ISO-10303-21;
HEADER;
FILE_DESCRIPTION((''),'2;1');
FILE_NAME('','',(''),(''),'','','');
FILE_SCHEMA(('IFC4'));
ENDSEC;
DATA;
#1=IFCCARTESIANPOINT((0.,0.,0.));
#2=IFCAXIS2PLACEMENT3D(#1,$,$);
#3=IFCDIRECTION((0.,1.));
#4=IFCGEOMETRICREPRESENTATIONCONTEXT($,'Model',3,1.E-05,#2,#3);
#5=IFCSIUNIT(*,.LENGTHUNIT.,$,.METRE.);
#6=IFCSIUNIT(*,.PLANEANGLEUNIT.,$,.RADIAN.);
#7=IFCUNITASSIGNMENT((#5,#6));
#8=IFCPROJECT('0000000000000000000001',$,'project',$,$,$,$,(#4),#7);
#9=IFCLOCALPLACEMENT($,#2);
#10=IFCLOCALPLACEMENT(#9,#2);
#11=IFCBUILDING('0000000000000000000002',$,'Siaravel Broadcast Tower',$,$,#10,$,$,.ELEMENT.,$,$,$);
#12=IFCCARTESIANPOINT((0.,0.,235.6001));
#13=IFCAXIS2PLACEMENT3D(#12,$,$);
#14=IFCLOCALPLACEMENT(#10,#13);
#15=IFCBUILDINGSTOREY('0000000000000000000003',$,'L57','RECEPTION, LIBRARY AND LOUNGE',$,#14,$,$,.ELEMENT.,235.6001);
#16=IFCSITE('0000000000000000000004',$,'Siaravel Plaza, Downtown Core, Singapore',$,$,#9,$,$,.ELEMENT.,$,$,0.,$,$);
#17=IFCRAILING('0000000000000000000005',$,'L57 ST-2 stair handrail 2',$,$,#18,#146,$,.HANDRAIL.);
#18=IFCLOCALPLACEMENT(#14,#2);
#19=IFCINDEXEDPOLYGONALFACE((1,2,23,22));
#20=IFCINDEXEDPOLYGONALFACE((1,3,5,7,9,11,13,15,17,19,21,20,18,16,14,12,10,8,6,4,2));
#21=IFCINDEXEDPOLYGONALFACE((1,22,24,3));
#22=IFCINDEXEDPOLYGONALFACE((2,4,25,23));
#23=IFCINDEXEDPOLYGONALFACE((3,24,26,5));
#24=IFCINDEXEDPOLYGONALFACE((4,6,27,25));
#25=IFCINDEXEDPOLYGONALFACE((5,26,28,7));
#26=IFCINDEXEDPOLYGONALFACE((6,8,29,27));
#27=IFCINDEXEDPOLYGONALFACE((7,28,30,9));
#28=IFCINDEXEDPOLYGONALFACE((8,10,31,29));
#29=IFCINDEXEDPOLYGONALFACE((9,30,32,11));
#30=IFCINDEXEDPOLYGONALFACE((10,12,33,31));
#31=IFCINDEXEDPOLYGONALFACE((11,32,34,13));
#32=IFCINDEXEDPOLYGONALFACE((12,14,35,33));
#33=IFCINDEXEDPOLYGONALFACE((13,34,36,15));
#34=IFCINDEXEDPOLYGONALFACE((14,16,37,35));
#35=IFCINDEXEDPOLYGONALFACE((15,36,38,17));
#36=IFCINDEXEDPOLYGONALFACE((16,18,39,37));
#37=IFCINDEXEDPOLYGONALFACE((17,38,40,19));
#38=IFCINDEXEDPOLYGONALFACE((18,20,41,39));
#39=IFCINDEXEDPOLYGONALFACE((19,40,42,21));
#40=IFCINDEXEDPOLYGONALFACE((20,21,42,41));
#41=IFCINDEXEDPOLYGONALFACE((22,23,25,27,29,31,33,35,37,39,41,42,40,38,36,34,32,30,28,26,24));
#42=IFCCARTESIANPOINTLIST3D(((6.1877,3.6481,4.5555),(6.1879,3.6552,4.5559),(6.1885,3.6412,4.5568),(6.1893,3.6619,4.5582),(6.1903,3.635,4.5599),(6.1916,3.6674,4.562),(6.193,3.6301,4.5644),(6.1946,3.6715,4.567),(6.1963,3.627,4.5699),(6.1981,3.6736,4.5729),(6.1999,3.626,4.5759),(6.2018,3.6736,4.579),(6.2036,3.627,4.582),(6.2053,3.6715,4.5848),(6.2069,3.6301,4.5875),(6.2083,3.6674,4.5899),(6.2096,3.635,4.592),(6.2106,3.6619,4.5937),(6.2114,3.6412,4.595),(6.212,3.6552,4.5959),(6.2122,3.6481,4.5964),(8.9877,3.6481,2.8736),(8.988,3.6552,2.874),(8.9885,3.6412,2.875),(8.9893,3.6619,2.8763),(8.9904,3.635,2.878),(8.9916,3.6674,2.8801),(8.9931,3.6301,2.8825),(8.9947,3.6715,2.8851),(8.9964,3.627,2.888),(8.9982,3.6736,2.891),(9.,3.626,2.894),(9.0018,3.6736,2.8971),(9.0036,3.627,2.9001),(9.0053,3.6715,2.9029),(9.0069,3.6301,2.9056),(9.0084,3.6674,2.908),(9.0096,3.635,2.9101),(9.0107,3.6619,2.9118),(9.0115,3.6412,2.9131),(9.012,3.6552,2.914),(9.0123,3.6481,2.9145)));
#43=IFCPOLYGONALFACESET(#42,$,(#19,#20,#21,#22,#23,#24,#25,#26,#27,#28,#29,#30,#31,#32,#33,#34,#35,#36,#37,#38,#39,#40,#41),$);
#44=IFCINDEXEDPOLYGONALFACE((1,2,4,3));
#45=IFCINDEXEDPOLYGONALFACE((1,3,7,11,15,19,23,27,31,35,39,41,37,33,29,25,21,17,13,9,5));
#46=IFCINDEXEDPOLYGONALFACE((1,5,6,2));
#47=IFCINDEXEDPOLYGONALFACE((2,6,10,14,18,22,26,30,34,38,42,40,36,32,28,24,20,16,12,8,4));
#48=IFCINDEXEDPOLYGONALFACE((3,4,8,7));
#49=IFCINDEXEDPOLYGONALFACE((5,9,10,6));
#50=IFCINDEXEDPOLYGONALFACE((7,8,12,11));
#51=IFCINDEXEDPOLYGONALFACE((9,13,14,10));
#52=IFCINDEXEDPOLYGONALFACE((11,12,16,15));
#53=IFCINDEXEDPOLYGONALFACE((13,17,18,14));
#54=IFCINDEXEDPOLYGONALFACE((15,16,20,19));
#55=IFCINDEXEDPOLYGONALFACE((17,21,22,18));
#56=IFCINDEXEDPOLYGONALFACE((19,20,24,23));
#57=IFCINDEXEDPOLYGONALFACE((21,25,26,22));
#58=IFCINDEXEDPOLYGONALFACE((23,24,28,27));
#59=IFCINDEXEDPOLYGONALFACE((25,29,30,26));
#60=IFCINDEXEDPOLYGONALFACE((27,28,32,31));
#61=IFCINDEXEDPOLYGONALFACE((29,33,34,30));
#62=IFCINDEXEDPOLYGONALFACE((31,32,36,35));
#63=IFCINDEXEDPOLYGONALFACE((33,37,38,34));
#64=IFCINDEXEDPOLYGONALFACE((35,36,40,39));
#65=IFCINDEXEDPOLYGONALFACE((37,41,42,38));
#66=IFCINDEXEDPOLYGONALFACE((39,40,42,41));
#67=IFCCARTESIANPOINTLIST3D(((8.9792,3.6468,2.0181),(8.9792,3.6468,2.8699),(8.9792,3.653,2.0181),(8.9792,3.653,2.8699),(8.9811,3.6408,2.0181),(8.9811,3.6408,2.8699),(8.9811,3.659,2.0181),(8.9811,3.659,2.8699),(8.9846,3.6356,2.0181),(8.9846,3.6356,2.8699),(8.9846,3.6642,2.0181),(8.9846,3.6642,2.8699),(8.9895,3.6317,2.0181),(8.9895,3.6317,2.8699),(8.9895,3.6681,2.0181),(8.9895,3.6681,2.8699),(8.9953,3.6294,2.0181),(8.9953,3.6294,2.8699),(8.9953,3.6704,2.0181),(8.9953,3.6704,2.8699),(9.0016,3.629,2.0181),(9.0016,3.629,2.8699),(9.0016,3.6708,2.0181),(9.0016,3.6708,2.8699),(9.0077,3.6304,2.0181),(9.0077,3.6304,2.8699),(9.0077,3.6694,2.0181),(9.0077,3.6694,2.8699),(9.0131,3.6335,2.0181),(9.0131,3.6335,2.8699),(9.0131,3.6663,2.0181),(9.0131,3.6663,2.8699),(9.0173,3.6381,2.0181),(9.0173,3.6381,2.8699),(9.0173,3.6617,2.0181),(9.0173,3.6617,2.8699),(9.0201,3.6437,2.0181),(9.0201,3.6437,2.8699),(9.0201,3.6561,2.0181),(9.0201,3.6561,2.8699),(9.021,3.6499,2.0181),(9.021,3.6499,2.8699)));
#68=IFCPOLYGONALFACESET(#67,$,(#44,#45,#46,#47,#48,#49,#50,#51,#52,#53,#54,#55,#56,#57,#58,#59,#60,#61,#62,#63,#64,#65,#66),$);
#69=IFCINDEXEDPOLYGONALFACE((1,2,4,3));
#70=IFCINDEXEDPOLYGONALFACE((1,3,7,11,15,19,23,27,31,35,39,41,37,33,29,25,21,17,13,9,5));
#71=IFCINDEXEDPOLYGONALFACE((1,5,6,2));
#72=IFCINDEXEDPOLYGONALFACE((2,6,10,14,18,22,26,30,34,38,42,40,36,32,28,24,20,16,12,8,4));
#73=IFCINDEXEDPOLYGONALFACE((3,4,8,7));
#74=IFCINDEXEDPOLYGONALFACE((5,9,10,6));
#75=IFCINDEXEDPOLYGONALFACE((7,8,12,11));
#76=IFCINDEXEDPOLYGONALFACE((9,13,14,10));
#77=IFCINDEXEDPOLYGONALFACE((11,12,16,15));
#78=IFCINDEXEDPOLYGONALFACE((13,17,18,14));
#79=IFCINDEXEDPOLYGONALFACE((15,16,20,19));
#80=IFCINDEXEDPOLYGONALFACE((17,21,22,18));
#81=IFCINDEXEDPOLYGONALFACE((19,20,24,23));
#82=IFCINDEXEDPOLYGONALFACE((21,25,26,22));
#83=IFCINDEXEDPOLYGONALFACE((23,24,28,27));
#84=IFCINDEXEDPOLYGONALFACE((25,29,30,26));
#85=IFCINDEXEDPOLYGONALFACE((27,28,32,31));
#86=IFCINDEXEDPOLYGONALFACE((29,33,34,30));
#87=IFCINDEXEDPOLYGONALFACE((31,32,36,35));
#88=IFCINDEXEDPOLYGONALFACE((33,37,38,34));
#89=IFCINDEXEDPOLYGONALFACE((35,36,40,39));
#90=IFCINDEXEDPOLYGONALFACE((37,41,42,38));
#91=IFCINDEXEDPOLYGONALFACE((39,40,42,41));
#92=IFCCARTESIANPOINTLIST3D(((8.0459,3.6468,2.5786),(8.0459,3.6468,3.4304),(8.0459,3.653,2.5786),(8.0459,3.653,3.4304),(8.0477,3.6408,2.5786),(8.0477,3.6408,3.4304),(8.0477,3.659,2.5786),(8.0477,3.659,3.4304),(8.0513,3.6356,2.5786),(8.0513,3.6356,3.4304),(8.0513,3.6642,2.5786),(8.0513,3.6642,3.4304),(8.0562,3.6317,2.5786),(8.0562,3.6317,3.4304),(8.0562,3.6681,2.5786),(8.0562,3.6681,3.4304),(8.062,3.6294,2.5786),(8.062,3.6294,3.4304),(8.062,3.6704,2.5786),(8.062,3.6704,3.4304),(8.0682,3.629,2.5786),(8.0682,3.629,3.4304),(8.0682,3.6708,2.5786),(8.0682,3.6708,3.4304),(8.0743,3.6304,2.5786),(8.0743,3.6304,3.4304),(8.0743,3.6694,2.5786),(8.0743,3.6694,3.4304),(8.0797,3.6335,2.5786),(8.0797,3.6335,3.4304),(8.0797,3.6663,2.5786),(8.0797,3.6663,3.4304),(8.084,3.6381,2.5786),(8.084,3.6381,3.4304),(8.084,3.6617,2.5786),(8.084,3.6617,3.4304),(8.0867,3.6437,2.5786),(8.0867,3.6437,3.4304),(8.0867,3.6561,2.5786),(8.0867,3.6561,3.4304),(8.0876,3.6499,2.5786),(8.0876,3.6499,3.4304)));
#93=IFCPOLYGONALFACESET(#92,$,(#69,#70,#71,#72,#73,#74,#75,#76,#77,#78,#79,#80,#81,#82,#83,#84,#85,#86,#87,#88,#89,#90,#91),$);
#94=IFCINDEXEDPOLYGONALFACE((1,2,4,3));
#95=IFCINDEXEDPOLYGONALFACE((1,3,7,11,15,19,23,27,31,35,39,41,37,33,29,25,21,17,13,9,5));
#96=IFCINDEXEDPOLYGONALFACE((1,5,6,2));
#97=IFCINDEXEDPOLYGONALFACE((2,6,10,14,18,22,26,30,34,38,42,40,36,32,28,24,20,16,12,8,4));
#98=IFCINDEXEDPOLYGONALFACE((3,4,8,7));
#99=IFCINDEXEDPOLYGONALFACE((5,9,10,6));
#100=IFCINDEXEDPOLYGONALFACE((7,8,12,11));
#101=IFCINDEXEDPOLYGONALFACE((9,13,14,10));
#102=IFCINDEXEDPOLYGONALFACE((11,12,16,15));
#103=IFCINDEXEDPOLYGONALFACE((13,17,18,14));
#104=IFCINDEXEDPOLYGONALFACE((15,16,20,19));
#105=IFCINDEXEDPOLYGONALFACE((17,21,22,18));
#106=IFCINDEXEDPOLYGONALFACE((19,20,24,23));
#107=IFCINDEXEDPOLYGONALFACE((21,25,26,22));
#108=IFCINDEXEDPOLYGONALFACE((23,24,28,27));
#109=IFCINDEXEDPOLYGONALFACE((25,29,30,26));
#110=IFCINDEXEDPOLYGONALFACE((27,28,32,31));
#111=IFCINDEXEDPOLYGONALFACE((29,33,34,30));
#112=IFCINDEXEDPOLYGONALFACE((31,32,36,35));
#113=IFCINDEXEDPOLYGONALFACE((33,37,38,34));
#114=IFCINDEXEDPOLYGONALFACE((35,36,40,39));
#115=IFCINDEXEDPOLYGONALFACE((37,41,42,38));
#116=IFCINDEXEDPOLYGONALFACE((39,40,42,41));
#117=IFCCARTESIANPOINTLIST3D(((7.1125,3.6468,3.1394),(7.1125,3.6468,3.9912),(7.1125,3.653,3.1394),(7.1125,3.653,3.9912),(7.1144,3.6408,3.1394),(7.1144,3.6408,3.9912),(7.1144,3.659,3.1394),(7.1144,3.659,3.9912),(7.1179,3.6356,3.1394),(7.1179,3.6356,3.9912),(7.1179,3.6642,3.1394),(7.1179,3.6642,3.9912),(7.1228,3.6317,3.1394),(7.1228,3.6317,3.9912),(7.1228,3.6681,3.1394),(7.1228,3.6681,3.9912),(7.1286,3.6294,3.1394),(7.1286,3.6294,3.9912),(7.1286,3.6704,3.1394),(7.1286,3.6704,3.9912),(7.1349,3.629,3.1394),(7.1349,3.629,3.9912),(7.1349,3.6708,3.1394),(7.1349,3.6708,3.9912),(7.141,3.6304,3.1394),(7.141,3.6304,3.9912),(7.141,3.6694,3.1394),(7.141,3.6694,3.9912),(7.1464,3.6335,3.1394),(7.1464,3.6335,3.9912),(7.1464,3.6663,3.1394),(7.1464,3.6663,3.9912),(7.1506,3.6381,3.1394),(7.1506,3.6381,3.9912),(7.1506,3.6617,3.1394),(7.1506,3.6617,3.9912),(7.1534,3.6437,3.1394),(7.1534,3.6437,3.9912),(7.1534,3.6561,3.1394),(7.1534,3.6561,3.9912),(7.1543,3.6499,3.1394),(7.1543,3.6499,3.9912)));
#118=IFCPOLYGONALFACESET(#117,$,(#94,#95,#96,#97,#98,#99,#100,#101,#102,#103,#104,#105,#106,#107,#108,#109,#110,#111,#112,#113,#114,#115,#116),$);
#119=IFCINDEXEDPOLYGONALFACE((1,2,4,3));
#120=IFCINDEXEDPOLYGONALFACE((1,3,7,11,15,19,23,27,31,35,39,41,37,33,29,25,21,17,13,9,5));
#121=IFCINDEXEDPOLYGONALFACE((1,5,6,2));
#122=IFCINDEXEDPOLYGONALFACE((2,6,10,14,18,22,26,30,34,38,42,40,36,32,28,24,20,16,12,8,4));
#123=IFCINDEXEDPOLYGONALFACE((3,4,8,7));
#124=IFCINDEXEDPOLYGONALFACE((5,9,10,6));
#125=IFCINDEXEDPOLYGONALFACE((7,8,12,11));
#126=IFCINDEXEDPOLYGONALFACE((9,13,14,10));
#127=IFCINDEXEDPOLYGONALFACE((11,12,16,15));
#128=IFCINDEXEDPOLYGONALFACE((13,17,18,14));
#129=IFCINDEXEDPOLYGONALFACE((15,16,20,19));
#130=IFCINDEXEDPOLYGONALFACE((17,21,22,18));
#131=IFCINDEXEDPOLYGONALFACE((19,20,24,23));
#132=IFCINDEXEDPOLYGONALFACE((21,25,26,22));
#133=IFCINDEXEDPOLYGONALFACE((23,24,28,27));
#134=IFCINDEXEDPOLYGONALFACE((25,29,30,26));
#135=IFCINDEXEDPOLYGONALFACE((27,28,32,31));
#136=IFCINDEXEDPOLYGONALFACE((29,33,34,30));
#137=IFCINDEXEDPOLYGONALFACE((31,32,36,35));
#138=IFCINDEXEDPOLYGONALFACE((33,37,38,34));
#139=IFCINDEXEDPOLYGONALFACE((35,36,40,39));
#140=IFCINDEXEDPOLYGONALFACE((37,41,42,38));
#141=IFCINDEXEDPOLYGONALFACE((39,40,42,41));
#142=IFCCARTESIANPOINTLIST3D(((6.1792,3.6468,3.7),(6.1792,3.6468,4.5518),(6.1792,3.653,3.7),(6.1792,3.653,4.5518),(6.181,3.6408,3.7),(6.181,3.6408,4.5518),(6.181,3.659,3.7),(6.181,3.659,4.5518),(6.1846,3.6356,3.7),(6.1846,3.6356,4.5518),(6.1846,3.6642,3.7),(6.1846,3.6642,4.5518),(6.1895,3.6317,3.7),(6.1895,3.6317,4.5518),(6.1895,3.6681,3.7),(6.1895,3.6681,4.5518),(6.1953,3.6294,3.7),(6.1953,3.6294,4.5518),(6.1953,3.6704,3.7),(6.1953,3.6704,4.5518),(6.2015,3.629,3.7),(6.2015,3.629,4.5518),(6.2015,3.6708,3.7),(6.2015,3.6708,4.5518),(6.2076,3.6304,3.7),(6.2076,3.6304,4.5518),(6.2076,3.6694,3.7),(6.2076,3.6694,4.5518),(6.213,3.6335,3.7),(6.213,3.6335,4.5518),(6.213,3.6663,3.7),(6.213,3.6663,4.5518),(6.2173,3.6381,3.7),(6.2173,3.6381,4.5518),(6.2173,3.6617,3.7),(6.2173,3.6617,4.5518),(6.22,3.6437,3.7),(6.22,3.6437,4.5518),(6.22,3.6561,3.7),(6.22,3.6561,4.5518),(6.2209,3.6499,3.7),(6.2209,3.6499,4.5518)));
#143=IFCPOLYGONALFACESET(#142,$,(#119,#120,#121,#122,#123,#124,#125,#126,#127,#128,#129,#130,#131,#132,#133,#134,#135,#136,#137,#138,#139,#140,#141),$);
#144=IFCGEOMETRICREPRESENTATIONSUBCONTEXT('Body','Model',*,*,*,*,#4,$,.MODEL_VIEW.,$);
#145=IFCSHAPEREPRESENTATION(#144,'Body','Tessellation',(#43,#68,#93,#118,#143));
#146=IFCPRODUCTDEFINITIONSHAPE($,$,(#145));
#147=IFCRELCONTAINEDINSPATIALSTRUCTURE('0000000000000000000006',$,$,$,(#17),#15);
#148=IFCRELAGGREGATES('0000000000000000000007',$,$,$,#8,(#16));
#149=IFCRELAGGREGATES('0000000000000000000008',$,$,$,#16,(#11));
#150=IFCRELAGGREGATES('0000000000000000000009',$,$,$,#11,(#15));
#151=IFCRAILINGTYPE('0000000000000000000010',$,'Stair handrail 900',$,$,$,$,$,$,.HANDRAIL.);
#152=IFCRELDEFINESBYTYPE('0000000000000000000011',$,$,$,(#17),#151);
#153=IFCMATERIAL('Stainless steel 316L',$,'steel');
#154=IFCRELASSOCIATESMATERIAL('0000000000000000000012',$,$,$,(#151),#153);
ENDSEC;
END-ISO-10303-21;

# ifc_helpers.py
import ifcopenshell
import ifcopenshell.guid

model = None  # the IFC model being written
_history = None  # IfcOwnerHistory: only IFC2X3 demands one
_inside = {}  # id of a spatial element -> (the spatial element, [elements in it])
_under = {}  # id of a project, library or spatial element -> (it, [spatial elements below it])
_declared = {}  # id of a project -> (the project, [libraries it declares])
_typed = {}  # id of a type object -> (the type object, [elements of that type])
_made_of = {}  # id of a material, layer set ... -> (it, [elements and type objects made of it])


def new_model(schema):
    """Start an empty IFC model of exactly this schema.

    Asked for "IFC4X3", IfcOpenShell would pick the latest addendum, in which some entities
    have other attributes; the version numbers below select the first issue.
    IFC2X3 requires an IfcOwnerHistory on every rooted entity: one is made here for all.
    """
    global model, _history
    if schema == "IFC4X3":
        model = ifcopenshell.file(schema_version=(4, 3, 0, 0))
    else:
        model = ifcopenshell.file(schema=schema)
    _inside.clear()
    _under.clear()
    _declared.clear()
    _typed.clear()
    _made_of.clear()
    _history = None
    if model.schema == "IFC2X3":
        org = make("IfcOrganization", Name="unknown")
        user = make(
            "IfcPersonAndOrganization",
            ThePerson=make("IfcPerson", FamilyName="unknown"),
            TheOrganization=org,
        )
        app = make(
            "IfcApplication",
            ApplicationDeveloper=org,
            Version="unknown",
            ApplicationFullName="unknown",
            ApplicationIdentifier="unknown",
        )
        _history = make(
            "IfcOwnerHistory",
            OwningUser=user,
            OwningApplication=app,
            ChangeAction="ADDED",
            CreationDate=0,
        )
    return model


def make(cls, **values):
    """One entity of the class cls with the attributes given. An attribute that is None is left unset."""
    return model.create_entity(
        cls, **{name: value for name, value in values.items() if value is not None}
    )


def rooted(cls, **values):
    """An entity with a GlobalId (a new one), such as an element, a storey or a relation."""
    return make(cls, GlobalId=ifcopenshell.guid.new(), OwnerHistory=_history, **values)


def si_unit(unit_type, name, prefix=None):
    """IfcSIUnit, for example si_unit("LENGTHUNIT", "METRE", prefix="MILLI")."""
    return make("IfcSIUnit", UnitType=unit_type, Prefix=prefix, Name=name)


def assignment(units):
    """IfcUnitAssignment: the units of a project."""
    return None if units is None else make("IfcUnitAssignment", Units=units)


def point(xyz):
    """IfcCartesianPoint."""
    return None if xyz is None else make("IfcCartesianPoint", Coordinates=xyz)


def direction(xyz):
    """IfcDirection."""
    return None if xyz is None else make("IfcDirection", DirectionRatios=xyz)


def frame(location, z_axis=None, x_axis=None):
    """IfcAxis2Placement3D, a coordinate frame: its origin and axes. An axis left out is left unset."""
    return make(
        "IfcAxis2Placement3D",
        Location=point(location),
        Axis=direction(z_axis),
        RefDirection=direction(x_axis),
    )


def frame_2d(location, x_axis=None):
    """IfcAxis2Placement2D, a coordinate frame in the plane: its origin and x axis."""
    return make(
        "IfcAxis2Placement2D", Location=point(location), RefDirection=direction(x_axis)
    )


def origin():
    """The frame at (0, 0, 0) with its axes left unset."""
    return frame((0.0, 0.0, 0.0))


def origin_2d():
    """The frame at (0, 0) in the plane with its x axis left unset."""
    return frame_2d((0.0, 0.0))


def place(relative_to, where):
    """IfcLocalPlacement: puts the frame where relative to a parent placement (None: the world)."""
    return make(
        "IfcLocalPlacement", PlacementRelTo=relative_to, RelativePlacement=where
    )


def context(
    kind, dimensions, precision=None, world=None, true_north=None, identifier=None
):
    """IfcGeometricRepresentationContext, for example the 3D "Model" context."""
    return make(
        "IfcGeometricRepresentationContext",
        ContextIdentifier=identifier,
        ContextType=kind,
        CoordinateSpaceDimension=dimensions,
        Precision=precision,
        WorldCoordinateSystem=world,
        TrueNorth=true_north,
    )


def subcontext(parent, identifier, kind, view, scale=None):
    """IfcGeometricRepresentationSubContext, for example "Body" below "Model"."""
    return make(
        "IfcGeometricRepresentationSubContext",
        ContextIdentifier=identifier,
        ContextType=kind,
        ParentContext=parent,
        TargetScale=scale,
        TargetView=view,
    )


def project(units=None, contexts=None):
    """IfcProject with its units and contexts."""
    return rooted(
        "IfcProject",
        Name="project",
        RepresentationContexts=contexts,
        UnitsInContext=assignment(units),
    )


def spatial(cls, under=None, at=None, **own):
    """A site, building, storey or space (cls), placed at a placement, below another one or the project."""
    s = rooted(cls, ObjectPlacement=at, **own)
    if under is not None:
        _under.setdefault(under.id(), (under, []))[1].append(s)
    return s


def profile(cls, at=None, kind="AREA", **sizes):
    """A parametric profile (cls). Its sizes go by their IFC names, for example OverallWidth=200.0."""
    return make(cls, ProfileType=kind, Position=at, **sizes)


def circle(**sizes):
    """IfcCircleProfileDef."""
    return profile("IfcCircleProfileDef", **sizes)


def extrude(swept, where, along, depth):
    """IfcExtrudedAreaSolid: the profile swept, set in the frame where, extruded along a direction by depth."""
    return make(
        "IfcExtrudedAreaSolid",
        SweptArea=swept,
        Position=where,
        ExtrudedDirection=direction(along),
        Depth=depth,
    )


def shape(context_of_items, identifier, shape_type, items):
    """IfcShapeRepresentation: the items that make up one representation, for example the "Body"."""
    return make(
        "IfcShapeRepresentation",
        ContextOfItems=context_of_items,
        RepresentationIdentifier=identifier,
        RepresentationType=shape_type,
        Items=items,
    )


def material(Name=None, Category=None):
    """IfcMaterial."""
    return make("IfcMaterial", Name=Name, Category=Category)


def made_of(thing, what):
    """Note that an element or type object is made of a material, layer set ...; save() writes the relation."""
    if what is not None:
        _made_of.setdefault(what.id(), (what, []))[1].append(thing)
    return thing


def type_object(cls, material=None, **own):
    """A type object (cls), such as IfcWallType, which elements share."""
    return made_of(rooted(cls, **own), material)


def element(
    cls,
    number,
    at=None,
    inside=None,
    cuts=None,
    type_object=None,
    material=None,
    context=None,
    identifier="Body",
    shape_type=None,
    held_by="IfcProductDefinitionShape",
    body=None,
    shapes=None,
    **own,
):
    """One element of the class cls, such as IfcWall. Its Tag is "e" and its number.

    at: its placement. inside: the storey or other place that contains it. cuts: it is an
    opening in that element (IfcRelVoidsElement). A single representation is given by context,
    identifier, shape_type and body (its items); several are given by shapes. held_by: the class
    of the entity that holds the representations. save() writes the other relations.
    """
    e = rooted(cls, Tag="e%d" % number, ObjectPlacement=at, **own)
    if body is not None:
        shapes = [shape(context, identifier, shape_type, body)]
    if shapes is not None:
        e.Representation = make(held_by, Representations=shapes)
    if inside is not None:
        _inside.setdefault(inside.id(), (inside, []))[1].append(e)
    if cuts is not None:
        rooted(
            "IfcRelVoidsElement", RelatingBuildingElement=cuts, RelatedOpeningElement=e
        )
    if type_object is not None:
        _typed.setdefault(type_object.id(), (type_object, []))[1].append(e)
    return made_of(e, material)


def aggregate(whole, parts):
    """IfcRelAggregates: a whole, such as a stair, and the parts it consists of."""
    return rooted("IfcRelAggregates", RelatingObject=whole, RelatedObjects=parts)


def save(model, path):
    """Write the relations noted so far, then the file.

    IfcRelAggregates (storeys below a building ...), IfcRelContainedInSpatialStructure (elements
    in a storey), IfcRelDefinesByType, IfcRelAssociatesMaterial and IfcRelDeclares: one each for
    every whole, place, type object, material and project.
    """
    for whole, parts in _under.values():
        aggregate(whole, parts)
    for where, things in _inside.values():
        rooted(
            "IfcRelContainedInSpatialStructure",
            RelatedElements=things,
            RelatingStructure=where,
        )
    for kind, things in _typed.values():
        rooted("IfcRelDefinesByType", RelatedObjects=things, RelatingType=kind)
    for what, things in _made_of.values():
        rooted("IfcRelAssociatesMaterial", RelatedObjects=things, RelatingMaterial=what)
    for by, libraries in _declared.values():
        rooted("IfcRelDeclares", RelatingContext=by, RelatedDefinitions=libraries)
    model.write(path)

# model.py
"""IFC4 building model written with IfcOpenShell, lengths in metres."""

from ifc_helpers import new_model, si_unit, direction, frame, origin, origin_2d, place, context, subcontext, project, spatial, circle, extrude, material, type_object, element, save


model = new_model("IFC4")

# Units and contexts
model_context = context("Model", 3, precision=1e-05, world=origin(), true_north=direction((0.0, 1.0)))
body_context = subcontext(model_context, "Body", "Model", "MODEL_VIEW")
ifc_project = project(units=[si_unit("LENGTHUNIT", "METRE"), si_unit("PLANEANGLEUNIT", "RADIAN")], contexts=[model_context])

# Site, building, storey
site_placement = place(None, origin())
site = spatial("IfcSite", under=ifc_project, at=site_placement, Name="Siaravel Plaza, Downtown Core, Singapore", CompositionType="ELEMENT", RefElevation=0.0)
building_placement = place(site_placement, origin())
building = spatial("IfcBuilding", under=site, at=building_placement, Name="Siaravel Broadcast Tower", CompositionType="ELEMENT")
storey_placement = place(building_placement, frame((0.0, 0.0, 235.6001)))
storey = spatial("IfcBuildingStorey", under=building, at=storey_placement, Name="L57", Description="RECEPTION, LIBRARY AND LOUNGE", CompositionType="ELEMENT", Elevation=235.6001)

# Railing
ifc_material_1 = material(Name="Stainless steel 316L", Category="steel")
railing_type_1 = type_object("IfcRailingType", Name="Stair handrail 900", PredefinedType="HANDRAIL", material=ifc_material_1)
railing_1_placement = place(storey_placement, frame((9.0, 3.6499, 2.0181)))
element("IfcRailing", 1, at=railing_1_placement, inside=storey, type_object=railing_type_1, Name="L57 ST-2 stair handrail 2", PredefinedType="HANDRAIL", context=body_context, shape_type="SweptSolid", body=[
    extrude(circle(Radius=0.0239, at=origin_2d()), frame((0.0, 0.0, 0.876), z_axis=(-0.857242, 0.0, 0.514913), x_axis=(0.0, -1.0, 0.0)), (0.0, 0.0, 1.0), 3.2664),
    extrude(circle(Radius=0.021, at=origin_2d()), origin(), (0.0, 0.0, 1.0), 0.8518),
    extrude(circle(Radius=0.021, at=origin_2d()), frame((-0.9333, 0.0, 0.5605)), (0.0, 0.0, 1.0), 0.8518),
    extrude(circle(Radius=0.021, at=origin_2d()), frame((-1.8667, 0.0, 1.1213)), (0.0, 0.0, 1.0), 0.8518),
    extrude(circle(Radius=0.021, at=origin_2d()), frame((-2.8, 0.0, 1.6819)), (0.0, 0.0, 1.0), 0.8518),
])

save(model, "model.ifc")
